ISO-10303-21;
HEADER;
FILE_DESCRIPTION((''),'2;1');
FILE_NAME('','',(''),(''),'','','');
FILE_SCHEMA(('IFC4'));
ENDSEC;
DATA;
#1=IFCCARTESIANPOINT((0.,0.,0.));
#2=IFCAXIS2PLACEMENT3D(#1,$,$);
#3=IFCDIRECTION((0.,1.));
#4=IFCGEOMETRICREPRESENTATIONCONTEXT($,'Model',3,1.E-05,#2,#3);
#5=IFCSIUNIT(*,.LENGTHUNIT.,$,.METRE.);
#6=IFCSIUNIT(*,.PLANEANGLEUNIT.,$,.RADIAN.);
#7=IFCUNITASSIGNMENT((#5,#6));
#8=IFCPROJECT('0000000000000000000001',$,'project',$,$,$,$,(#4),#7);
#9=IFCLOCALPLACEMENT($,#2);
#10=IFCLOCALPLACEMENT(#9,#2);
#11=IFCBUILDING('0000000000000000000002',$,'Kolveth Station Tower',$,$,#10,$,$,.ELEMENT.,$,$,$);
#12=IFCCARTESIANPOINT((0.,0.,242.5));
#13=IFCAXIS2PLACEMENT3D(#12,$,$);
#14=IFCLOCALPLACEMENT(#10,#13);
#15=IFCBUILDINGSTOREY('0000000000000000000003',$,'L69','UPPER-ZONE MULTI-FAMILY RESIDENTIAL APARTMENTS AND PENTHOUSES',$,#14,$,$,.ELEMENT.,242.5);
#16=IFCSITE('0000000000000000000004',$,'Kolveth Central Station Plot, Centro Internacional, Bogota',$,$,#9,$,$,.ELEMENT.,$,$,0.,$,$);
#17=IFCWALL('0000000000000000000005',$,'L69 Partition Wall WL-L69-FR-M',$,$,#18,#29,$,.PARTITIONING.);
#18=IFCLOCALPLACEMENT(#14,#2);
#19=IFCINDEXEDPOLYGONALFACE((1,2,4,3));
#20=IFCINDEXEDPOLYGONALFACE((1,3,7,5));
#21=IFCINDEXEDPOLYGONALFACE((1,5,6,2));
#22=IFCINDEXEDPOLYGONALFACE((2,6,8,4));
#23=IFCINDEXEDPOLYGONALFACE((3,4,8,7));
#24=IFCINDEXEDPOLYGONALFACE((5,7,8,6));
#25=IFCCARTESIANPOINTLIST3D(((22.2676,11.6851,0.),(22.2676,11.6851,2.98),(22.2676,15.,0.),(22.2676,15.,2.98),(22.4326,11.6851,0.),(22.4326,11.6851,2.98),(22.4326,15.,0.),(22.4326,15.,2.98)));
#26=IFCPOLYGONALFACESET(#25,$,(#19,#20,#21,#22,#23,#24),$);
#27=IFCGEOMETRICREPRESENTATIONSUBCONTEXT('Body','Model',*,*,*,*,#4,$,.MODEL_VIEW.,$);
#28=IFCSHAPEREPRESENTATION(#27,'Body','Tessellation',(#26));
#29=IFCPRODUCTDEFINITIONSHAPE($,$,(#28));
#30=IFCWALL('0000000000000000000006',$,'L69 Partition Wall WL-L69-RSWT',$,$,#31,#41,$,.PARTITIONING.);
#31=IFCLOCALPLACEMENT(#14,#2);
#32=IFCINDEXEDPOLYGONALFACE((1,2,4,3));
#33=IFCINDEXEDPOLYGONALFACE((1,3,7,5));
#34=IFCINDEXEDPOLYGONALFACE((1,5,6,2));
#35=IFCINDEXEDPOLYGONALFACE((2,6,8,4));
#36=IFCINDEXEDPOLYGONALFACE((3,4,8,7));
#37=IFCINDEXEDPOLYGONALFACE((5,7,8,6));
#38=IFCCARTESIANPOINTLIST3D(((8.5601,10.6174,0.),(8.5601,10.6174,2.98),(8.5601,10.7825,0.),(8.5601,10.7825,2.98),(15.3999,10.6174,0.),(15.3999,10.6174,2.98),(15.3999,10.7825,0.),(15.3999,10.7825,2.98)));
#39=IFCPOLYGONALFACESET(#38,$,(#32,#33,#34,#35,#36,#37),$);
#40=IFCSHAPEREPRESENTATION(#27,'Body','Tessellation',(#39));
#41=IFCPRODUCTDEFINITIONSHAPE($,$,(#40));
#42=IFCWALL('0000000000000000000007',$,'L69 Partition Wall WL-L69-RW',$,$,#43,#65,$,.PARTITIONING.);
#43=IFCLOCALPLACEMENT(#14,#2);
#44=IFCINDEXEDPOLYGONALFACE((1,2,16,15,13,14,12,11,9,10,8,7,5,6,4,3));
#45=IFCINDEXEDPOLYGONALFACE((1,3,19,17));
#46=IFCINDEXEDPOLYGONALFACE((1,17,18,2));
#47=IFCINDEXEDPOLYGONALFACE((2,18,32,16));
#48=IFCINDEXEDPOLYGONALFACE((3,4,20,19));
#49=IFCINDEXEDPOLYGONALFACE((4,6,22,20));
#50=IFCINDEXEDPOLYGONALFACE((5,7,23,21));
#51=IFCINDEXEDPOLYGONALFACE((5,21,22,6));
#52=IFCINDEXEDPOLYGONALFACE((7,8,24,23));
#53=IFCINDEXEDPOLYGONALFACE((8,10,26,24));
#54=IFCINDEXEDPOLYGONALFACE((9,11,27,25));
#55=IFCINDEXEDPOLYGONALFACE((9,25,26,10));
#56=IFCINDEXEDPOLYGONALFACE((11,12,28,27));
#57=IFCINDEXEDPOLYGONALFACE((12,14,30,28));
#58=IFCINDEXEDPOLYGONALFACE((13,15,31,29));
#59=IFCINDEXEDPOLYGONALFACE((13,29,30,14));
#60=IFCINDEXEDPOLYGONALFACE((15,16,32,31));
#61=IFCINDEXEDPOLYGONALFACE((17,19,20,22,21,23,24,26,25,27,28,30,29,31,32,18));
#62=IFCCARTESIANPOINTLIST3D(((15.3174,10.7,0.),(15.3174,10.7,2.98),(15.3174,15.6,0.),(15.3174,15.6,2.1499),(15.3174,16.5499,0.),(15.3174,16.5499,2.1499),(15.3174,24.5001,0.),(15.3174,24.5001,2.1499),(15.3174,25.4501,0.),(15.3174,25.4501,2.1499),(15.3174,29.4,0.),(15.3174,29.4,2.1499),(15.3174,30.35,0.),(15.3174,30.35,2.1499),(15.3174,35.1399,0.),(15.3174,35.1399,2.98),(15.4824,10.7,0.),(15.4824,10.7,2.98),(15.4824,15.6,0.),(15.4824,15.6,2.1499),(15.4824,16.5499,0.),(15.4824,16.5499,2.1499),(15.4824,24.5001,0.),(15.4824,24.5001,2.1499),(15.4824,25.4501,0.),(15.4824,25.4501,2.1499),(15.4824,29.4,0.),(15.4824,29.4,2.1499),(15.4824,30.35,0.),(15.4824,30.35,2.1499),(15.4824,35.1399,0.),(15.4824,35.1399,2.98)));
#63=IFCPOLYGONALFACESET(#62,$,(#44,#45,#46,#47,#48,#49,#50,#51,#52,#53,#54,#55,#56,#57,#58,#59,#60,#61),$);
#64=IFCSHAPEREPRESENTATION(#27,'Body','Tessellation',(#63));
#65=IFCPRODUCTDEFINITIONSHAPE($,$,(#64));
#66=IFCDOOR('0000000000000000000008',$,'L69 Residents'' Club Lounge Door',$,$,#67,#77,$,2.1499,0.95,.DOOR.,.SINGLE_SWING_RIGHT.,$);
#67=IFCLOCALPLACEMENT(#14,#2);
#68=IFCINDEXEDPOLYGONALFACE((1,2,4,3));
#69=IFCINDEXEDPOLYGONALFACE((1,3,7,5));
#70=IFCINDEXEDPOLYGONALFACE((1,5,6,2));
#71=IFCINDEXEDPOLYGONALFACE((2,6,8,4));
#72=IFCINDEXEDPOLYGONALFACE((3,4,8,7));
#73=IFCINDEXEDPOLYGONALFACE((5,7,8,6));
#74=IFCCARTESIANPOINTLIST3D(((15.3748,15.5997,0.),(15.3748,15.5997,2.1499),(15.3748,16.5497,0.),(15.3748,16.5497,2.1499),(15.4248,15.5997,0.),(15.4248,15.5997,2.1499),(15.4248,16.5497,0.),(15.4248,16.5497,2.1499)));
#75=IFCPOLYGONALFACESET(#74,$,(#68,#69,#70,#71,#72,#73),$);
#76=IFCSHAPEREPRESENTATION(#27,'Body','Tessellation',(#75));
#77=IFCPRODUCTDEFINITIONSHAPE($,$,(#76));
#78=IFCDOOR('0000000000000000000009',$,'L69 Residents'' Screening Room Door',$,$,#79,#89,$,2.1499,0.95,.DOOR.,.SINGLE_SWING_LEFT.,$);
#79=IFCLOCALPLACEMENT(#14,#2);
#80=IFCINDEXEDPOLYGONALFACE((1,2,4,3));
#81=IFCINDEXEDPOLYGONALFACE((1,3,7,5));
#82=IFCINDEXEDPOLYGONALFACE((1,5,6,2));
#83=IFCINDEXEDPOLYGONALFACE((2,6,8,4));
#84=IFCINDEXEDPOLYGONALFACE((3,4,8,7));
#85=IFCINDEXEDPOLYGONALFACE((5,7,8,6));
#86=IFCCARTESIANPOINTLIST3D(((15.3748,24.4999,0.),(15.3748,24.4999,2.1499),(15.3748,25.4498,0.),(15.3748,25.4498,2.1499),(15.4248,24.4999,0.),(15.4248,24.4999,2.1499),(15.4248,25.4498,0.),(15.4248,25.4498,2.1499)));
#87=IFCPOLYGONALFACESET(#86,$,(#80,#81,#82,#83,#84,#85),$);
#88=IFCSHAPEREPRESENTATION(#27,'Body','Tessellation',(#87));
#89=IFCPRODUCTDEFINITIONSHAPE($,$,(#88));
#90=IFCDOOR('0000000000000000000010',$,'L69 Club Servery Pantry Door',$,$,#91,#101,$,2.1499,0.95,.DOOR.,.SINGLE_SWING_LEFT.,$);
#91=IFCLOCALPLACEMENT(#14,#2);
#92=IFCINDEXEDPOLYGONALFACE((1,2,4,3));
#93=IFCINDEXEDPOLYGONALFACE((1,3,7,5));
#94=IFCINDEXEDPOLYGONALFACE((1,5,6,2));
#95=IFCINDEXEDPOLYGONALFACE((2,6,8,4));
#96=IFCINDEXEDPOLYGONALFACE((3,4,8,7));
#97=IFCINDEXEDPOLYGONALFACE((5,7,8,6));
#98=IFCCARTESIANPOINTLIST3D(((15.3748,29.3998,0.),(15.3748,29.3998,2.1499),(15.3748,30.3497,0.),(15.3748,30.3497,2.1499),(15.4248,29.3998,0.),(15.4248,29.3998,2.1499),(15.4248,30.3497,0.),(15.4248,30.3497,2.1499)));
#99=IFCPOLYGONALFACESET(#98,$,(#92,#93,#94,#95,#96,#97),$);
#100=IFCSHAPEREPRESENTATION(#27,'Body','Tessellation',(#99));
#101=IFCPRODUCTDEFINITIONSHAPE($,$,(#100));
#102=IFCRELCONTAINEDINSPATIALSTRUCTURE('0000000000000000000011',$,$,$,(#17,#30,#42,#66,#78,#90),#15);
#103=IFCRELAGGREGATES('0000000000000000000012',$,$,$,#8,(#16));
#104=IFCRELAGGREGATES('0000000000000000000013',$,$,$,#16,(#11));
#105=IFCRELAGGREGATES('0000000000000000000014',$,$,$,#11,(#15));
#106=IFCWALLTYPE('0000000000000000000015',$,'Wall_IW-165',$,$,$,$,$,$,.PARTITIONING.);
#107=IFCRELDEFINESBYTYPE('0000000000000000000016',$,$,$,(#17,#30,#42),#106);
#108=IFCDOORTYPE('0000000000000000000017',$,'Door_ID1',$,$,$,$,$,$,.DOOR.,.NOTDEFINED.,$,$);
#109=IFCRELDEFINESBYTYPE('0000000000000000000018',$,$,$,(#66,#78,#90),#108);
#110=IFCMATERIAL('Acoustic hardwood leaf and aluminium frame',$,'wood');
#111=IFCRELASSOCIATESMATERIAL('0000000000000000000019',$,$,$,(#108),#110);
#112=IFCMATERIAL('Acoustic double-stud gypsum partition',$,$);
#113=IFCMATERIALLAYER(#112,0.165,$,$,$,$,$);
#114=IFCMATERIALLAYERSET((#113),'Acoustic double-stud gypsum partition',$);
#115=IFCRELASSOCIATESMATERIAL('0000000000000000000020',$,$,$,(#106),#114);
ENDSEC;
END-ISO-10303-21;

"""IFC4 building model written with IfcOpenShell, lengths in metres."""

from ifc_helpers import new_model, si_unit, direction, frame, frame_2d, origin, place, context, subcontext, project, spatial, rectangle, extrude, material, layer, layer_set, type_object, element, fill, save


model = new_model("IFC4")

# Units and contexts
model_context = context("Model", 3, precision=1e-05, world=origin(), true_north=direction((0.0, 1.0)))
body_context = subcontext(model_context, "Body", "Model", "MODEL_VIEW")
ifc_project = project(units=[si_unit("LENGTHUNIT", "METRE"), si_unit("PLANEANGLEUNIT", "RADIAN")], contexts=[model_context])

# Site, building, storey
site_placement = place(None, origin())
site = spatial("IfcSite", under=ifc_project, at=site_placement, Name="Kolveth Central Station Plot, Centro Internacional, Bogota", CompositionType="ELEMENT", RefElevation=0.0)
building_placement = place(site_placement, origin())
building = spatial("IfcBuilding", under=site, at=building_placement, Name="Kolveth Station Tower", CompositionType="ELEMENT")
storey_placement = place(building_placement, frame((0.0, 0.0, 242.5)))
storey = spatial("IfcBuildingStorey", under=building, at=storey_placement, Name="L69", Description="UPPER-ZONE MULTI-FAMILY RESIDENTIAL APARTMENTS AND PENTHOUSES", CompositionType="ELEMENT", Elevation=242.5)

# Shared definitions
ifc_material_1 = material(Name="Acoustic hardwood leaf and aluminium frame", Category="wood")
door_type_1 = type_object("IfcDoorType", Name="Door_ID1", OperationType="NOTDEFINED", PredefinedType="DOOR", material=ifc_material_1)

# Walls
ifc_material_2 = material(Name="Acoustic double-stud gypsum partition")
ifc_layer_1 = layer(ifc_material_2, 0.165)
ifc_layer_set_1 = layer_set([ifc_layer_1], Name="Acoustic double-stud gypsum partition")
wall_type_1 = type_object("IfcWallType", Name="Wall_IW-165", PredefinedType="PARTITIONING", material=ifc_layer_set_1)
wall_1_placement = place(storey_placement, frame((22.3501, 11.6851, 0.0), z_axis=(0.0, 0.0, 1.0), x_axis=(0.0, 1.0, 0.0)))
element("IfcWall", 1, at=wall_1_placement, inside=storey, type_object=wall_type_1, Name="L69 Partition Wall WL-L69-FR-M", PredefinedType="PARTITIONING", context=body_context, shape_type="SweptSolid", body=[
    extrude(rectangle(XDim=3.3149, YDim=0.165, at=frame_2d((1.6575, 0.0))), origin(), (0.0, 0.0, 1.0), 2.98),
])
wall_2_placement = place(storey_placement, frame((8.5601, 10.7, 0.0), z_axis=(0.0, 0.0, 1.0), x_axis=(1.0, 0.0, 0.0)))
element("IfcWall", 2, at=wall_2_placement, inside=storey, type_object=wall_type_1, Name="L69 Partition Wall WL-L69-RSWT", PredefinedType="PARTITIONING", context=body_context, shape_type="SweptSolid", body=[
    extrude(rectangle(XDim=6.8398, YDim=0.165, at=frame_2d((3.4199, 0.0))), origin(), (0.0, 0.0, 1.0), 2.98),
])

# Wall, openings, doors
wall_3_placement = place(storey_placement, frame((15.3999, 10.7, 0.0), z_axis=(0.0, 0.0, 1.0), x_axis=(0.0, 1.0, 0.0)))
wall_3 = element("IfcWall", 3, at=wall_3_placement, inside=storey, type_object=wall_type_1, Name="L69 Partition Wall WL-L69-RW", PredefinedType="PARTITIONING", context=body_context, shape_type="SweptSolid", body=[
    extrude(rectangle(XDim=24.4399, YDim=0.165, at=frame_2d((12.22, 0.0))), origin(), (0.0, 0.0, 1.0), 2.98),
])
opening_1_placement = place(wall_3_placement, frame((4.8999, 0.0, 0.0)))
opening_1 = element("IfcOpeningElement", 4, at=opening_1_placement, cuts=wall_3, PredefinedType="OPENING", context=body_context, shape_type="SweptSolid", body=[
    extrude(rectangle(XDim=0.95, YDim=2.1499, at=frame_2d((0.4751, 1.075))), frame((0.0, 0.0925, 0.0), z_axis=(0.0, -1.0, 0.0), x_axis=(1.0, 0.0, 0.0)), (0.0, 0.0, 1.0), 0.1851),
])
opening_2_placement = place(wall_3_placement, frame((13.8, 0.0, 0.0)))
opening_2 = element("IfcOpeningElement", 5, at=opening_2_placement, cuts=wall_3, PredefinedType="OPENING", context=body_context, shape_type="SweptSolid", body=[
    extrude(rectangle(XDim=0.95, YDim=2.1499, at=frame_2d((0.4751, 1.075))), frame((0.0, 0.0925, 0.0), z_axis=(0.0, -1.0, 0.0), x_axis=(1.0, 0.0, 0.0)), (0.0, 0.0, 1.0), 0.1851),
])
opening_3_placement = place(wall_3_placement, frame((18.7, 0.0, 0.0)))
opening_3 = element("IfcOpeningElement", 6, at=opening_3_placement, cuts=wall_3, PredefinedType="OPENING", context=body_context, shape_type="SweptSolid", body=[
    extrude(rectangle(XDim=0.95, YDim=2.1499, at=frame_2d((0.4751, 1.075))), frame((0.0, 0.0925, 0.0), z_axis=(0.0, -1.0, 0.0), x_axis=(1.0, 0.0, 0.0)), (0.0, 0.0, 1.0), 0.1851),
])
door_1_placement = place(opening_1_placement, frame((0.95, 0.0, 0.0), z_axis=(0.0, 0.0, 1.0), x_axis=(-1.0, 0.0, 0.0)))
door_1 = element("IfcDoor", 7, at=door_1_placement, inside=storey, type_object=door_type_1, Name="L69 Residents' Club Lounge Door", OperationType="SINGLE_SWING_RIGHT", OverallHeight=2.1499, OverallWidth=0.95, PredefinedType="DOOR", context=body_context, shape_type="SweptSolid", body=[
    extrude(rectangle(XDim=0.95, YDim=2.1499, at=frame_2d((0.4751, 1.075))), frame((0.0, 0.0249, 0.0), z_axis=(0.0, -1.0, 0.0), x_axis=(1.0, 0.0, 0.0)), (0.0, 0.0, 1.0), 0.05),
])
fill(opening_1, door_1)
door_2_placement = place(opening_2_placement, frame((0.95, 0.0, 0.0), z_axis=(0.0, 0.0, 1.0), x_axis=(-1.0, 0.0, 0.0)))
door_2 = element("IfcDoor", 8, at=door_2_placement, inside=storey, type_object=door_type_1, Name="L69 Residents' Screening Room Door", OperationType="SINGLE_SWING_LEFT", OverallHeight=2.1499, OverallWidth=0.95, PredefinedType="DOOR", context=body_context, shape_type="SweptSolid", body=[
    extrude(rectangle(XDim=0.95, YDim=2.1499, at=frame_2d((0.4751, 1.075))), frame((0.0, 0.0249, 0.0), z_axis=(0.0, -1.0, 0.0), x_axis=(1.0, 0.0, 0.0)), (0.0, 0.0, 1.0), 0.05),
])
fill(opening_2, door_2)
door_3_placement = place(opening_3_placement, frame((0.95, 0.0, 0.0), z_axis=(0.0, 0.0, 1.0), x_axis=(-1.0, 0.0, 0.0)))
door_3 = element("IfcDoor", 9, at=door_3_placement, inside=storey, type_object=door_type_1, Name="L69 Club Servery Pantry Door", OperationType="SINGLE_SWING_LEFT", OverallHeight=2.1499, OverallWidth=0.95, PredefinedType="DOOR", context=body_context, shape_type="SweptSolid", body=[
    extrude(rectangle(XDim=0.95, YDim=2.1499, at=frame_2d((0.4751, 1.075))), frame((0.0, 0.0249, 0.0), z_axis=(0.0, -1.0, 0.0), x_axis=(1.0, 0.0, 0.0)), (0.0, 0.0, 1.0), 0.05),
])
fill(opening_3, door_3)

save(model, "model.ifc")
